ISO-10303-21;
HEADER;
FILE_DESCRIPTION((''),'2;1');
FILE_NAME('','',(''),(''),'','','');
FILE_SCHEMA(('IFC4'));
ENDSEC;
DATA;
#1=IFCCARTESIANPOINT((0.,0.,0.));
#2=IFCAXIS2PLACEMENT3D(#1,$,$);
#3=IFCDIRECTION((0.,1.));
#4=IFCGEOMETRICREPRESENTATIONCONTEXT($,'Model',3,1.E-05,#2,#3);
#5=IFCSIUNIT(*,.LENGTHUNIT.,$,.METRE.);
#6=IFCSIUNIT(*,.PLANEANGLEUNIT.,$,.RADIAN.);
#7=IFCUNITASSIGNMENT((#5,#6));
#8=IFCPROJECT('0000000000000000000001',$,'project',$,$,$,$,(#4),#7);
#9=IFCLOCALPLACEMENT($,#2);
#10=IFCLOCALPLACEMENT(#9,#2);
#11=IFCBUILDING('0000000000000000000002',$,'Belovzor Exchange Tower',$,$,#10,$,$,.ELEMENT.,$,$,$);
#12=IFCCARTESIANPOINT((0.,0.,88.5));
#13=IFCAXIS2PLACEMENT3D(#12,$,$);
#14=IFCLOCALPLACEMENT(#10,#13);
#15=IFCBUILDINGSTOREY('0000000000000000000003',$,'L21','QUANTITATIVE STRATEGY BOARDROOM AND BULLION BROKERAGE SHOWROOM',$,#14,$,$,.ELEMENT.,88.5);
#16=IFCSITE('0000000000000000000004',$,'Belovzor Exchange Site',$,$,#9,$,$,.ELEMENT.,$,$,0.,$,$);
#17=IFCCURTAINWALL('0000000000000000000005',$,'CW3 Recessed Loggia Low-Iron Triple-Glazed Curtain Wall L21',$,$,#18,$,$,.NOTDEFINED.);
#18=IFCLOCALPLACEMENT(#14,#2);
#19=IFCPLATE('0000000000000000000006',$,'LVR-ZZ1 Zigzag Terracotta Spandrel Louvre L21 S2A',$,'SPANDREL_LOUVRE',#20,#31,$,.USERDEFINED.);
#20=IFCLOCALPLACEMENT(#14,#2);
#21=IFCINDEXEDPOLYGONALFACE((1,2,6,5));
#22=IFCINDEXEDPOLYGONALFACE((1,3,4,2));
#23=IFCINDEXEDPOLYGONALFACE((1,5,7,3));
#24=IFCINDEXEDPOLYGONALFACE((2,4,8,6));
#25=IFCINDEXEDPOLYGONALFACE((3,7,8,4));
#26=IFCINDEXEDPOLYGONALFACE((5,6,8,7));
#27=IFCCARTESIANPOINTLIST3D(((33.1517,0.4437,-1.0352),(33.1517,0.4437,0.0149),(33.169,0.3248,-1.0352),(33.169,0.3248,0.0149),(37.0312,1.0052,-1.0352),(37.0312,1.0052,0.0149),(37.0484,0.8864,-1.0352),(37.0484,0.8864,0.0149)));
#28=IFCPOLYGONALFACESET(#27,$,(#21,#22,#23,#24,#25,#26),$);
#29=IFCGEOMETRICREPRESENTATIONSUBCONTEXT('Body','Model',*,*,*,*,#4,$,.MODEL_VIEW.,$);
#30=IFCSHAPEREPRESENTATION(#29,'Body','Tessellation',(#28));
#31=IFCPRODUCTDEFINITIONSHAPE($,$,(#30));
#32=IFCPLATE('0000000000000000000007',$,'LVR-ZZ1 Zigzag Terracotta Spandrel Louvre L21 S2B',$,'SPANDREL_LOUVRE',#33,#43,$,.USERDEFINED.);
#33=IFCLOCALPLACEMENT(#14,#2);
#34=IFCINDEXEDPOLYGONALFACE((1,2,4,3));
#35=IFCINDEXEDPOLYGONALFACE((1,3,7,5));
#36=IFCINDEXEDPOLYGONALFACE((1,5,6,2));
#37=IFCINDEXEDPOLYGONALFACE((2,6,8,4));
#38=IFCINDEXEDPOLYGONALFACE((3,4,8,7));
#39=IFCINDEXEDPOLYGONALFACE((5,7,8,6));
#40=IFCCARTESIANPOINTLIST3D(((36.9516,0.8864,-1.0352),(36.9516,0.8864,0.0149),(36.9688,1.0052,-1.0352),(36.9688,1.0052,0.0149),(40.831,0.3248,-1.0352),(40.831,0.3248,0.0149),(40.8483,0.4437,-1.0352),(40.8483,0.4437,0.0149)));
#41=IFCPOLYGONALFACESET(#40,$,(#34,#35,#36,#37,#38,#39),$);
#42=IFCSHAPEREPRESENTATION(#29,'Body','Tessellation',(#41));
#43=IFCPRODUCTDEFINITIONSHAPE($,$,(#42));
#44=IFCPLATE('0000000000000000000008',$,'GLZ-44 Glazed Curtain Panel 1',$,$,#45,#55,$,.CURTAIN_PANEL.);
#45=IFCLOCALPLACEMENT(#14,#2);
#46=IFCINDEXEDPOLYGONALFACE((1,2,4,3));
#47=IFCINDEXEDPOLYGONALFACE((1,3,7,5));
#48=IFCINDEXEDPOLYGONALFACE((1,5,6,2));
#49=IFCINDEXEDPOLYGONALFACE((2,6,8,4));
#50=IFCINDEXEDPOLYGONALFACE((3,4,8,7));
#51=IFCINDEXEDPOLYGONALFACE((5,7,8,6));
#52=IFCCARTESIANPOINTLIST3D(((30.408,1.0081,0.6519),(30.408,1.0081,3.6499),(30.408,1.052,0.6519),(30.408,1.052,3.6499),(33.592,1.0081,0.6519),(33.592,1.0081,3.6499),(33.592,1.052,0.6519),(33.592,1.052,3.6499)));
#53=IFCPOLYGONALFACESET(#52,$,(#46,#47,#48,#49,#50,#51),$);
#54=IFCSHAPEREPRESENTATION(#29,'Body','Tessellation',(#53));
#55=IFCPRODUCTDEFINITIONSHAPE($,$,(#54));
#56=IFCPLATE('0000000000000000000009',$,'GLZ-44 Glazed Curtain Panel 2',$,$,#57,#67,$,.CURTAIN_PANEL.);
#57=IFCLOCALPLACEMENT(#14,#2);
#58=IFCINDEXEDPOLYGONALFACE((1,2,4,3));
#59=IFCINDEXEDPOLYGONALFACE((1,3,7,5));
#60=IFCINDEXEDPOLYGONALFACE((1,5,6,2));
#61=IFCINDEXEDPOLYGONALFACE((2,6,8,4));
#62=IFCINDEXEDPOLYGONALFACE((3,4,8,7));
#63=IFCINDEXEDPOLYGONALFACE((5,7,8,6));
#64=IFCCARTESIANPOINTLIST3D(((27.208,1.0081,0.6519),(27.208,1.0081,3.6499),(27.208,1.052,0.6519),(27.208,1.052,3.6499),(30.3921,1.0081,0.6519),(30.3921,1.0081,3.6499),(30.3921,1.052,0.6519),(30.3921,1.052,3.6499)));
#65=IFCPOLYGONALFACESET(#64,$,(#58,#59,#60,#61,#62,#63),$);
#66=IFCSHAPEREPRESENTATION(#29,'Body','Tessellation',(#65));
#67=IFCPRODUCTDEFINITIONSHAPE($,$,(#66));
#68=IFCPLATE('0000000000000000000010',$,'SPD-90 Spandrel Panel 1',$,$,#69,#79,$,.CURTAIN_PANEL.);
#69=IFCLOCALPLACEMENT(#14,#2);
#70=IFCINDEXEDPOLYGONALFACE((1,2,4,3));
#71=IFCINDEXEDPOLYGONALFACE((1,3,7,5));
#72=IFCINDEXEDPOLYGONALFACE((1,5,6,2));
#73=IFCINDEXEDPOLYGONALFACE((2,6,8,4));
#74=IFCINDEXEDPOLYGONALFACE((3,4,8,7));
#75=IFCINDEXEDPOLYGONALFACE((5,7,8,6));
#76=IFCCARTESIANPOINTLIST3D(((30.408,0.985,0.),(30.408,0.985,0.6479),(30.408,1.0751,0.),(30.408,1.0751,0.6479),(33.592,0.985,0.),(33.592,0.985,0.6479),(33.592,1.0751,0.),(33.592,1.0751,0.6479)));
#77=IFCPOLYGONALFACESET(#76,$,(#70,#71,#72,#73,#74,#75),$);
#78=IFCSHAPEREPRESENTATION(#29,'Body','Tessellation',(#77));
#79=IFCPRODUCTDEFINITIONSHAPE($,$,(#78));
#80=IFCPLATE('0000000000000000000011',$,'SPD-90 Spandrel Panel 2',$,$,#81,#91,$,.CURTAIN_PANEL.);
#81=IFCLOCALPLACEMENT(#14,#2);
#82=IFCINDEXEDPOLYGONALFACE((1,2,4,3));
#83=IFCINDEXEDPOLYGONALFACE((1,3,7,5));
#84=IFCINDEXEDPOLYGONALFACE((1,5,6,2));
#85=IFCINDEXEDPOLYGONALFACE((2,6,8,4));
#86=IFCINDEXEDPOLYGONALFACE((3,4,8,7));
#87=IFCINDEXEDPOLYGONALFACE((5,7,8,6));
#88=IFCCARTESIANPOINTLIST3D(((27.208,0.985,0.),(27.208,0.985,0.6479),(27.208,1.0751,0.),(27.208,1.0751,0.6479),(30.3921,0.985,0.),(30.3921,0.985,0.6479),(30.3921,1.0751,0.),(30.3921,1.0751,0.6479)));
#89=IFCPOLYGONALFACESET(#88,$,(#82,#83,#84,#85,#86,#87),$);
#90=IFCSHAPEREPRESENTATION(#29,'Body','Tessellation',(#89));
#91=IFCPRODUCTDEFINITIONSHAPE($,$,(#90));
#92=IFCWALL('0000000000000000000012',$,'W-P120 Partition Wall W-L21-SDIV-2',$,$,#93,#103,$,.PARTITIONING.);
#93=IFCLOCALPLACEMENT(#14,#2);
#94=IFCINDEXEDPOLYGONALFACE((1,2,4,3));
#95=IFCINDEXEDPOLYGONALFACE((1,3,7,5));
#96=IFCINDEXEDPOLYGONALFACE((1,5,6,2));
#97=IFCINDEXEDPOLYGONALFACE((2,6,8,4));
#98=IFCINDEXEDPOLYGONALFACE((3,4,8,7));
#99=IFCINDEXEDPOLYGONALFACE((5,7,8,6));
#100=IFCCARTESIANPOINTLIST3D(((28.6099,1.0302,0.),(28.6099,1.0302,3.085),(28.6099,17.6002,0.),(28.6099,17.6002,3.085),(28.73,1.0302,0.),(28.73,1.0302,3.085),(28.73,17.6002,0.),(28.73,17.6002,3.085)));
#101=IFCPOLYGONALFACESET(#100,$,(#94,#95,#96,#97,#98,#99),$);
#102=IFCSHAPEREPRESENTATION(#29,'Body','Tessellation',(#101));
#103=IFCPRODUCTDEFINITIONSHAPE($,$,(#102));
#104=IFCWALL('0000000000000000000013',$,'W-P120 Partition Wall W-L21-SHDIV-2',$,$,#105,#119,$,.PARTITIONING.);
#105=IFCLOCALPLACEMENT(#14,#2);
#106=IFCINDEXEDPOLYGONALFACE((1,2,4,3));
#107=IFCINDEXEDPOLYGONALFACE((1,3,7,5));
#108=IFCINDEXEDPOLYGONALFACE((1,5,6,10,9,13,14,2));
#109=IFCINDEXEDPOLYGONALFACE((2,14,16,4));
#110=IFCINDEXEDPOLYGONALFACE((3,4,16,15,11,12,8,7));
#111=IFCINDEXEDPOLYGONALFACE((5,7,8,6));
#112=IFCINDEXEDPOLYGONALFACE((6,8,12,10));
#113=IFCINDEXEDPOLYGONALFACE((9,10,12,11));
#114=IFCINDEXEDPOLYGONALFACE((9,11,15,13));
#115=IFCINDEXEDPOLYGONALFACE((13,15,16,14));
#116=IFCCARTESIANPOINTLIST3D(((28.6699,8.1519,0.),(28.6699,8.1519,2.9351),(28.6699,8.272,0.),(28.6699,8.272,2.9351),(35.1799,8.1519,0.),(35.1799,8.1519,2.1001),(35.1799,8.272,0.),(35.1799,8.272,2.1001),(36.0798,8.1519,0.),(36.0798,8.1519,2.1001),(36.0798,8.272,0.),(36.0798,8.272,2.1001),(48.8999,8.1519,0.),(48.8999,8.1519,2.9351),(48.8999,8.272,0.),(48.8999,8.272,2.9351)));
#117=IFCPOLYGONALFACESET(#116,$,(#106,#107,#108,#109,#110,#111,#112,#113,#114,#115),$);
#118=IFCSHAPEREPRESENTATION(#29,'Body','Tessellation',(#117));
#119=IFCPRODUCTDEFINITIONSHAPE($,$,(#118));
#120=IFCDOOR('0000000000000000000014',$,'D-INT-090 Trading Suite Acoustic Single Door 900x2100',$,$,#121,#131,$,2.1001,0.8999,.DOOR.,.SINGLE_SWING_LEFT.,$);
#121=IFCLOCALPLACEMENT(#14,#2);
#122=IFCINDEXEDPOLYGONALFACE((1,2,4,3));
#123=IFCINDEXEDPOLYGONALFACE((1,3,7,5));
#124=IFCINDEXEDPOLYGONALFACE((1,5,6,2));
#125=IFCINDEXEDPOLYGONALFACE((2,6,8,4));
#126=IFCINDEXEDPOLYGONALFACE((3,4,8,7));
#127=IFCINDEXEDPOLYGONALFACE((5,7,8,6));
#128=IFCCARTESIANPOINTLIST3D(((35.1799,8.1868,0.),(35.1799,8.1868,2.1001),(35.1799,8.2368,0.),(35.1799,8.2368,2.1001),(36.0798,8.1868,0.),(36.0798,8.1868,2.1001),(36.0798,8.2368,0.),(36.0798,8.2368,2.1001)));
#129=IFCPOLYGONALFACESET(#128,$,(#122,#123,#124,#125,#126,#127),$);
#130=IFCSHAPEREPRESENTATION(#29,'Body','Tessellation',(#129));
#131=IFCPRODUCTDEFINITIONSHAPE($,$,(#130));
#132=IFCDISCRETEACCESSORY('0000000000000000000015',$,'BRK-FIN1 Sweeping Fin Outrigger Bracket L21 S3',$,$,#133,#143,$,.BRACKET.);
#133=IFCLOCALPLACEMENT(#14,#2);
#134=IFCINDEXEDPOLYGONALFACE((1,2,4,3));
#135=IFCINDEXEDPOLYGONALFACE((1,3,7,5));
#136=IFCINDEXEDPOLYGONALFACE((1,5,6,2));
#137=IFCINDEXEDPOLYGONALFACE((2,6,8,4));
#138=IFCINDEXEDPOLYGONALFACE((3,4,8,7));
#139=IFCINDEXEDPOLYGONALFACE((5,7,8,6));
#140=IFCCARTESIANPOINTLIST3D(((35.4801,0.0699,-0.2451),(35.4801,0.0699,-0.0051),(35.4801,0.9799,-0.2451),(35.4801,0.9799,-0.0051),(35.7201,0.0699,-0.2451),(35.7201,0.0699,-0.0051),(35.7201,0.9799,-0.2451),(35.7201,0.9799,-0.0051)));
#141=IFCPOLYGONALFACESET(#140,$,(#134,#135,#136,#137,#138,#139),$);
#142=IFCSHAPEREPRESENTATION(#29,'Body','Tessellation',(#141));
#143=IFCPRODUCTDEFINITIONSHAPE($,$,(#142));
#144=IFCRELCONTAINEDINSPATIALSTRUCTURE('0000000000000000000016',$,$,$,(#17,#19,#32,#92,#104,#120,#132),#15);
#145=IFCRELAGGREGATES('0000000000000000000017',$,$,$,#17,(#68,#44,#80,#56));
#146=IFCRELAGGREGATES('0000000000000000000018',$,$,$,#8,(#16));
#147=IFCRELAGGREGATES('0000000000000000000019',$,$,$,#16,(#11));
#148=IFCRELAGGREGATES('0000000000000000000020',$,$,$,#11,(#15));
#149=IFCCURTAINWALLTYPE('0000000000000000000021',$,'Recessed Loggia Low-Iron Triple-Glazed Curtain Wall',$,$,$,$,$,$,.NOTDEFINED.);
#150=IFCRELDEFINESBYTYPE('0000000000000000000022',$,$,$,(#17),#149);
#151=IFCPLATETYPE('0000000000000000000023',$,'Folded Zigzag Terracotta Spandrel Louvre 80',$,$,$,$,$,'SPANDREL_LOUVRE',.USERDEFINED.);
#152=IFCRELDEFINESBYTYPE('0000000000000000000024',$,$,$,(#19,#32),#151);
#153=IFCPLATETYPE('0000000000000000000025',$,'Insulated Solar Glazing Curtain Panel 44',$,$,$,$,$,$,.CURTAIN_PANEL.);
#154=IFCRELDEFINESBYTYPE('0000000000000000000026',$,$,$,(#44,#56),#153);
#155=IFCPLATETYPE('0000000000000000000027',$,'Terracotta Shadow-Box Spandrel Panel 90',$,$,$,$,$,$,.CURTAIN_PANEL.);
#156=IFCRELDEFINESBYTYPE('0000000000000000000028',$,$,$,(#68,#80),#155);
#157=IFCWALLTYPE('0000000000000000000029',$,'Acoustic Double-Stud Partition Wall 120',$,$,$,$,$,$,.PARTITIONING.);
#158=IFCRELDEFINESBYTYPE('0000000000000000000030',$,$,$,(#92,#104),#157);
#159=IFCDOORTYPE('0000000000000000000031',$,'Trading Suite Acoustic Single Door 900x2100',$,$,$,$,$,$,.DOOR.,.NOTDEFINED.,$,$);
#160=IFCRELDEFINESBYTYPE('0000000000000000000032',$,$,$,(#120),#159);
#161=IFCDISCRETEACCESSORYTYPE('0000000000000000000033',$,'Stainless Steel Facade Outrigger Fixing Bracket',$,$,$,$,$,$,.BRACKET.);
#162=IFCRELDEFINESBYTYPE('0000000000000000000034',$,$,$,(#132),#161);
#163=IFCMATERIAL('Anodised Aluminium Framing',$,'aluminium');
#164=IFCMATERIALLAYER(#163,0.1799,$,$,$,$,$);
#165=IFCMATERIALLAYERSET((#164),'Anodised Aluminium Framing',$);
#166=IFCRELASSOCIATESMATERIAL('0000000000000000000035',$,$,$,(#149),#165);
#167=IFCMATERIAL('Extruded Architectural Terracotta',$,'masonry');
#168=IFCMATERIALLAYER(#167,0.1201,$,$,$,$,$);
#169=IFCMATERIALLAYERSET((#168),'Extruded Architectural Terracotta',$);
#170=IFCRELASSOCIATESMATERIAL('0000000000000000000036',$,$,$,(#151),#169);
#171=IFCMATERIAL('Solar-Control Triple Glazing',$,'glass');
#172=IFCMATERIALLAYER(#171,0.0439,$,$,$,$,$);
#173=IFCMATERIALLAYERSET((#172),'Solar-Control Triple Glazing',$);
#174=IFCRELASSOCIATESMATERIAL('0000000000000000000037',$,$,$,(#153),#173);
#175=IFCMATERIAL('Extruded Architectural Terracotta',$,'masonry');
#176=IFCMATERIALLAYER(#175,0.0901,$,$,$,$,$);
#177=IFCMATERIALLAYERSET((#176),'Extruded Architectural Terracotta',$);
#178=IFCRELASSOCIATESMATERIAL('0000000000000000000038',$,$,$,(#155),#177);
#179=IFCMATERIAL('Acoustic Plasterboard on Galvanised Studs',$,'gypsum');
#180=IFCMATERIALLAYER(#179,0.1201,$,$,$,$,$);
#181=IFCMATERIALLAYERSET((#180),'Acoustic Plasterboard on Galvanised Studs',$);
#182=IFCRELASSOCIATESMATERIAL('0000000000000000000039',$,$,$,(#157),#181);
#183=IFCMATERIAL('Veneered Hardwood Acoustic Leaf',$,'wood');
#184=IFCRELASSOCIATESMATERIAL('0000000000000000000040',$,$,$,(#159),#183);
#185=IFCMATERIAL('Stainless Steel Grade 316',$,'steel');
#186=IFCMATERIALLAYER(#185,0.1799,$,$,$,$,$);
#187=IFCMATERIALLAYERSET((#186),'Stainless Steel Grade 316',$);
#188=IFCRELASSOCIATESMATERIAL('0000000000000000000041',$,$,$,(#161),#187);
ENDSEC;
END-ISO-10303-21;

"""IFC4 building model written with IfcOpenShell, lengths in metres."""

from ifc_helpers import new_model, si_unit, direction, frame, frame_2d, origin, origin_2d, place, context, subcontext, project, spatial, rectangle, extrude, material, layer, layer_set, type_object, element, fill, aggregate, save


model = new_model("IFC4")

# Units and contexts
model_context = context("Model", 3, precision=1e-05, world=origin(), true_north=direction((0.0, 1.0)))
body_context = subcontext(model_context, "Body", "Model", "MODEL_VIEW")
ifc_project = project(units=[si_unit("LENGTHUNIT", "METRE"), si_unit("PLANEANGLEUNIT", "RADIAN")], contexts=[model_context])

# Site, building, storey
site_placement = place(None, origin())
site = spatial("IfcSite", under=ifc_project, at=site_placement, Name="Belovzor Exchange Site", CompositionType="ELEMENT", RefElevation=0.0)
building_placement = place(site_placement, origin())
building = spatial("IfcBuilding", under=site, at=building_placement, Name="Belovzor Exchange Tower", CompositionType="ELEMENT")
storey_placement = place(building_placement, frame((0.0, 0.0, 88.5)))
storey = spatial("IfcBuildingStorey", under=building, at=storey_placement, Name="L21", Description="QUANTITATIVE STRATEGY BOARDROOM AND BULLION BROKERAGE SHOWROOM", CompositionType="ELEMENT", Elevation=88.5)

# Curtain wall
ifc_material_1 = material(Name="Anodised Aluminium Framing", Category="aluminium")
ifc_layer_1 = layer(ifc_material_1, 0.1799)
ifc_layer_set_1 = layer_set([ifc_layer_1], Name="Anodised Aluminium Framing")
curtain_wall_type = type_object("IfcCurtainWallType", Name="Recessed Loggia Low-Iron Triple-Glazed Curtain Wall", PredefinedType="NOTDEFINED", material=ifc_layer_set_1)
curtain_wall_placement = place(storey_placement, origin())
curtain_wall = element("IfcCurtainWall", 1, at=curtain_wall_placement, inside=storey, type_object=curtain_wall_type, Name="CW3 Recessed Loggia Low-Iron Triple-Glazed Curtain Wall L21", PredefinedType="NOTDEFINED")

# Plates
ifc_material_2 = material(Name="Extruded Architectural Terracotta", Category="masonry")
ifc_layer_2 = layer(ifc_material_2, 0.1201)
ifc_layer_set_2 = layer_set([ifc_layer_2], Name="Extruded Architectural Terracotta")
plate_type_1 = type_object("IfcPlateType", Name="Folded Zigzag Terracotta Spandrel Louvre 80", ElementType="SPANDREL_LOUVRE", PredefinedType="USERDEFINED", material=ifc_layer_set_2)
for number, where, z_axis, x_axis, name in (
    (2, (35.1001, 0.665, -1.0352), (0.0, 0.0, 1.0), (0.989686, 0.143251, 0.0), "LVR-ZZ1 Zigzag Terracotta Spandrel Louvre L21 S2A"),
    (3, (38.8999, 0.665, -1.0352), (0.0, 0.0, 1.0), (0.989686, -0.143251, 0.0), "LVR-ZZ1 Zigzag Terracotta Spandrel Louvre L21 S2B"),
):
    element("IfcPlate", number, at=place(storey_placement, frame(where, z_axis=z_axis, x_axis=x_axis)), inside=storey, type_object=plate_type_1, Name=name, ObjectType="SPANDREL_LOUVRE", PredefinedType="USERDEFINED", context=body_context, shape_type="SweptSolid", body=[
        extrude(rectangle(XDim=3.9199, YDim=0.1201, at=origin_2d()), origin(), (0.0, 0.0, 1.0), 1.05),
    ])

# Plates
ifc_material_3 = material(Name="Solar-Control Triple Glazing", Category="glass")
ifc_layer_3 = layer(ifc_material_3, 0.0439)
ifc_layer_set_3 = layer_set([ifc_layer_3], Name="Solar-Control Triple Glazing")
plate_type_2 = type_object("IfcPlateType", Name="Insulated Solar Glazing Curtain Panel 44", PredefinedType="CURTAIN_PANEL", material=ifc_layer_set_3)
plate_1_placement = place(storey_placement, frame((32.0, 1.03, 0.6519), z_axis=(0.0, 0.0, 1.0), x_axis=(-1.0, 0.0, 0.0)))
plate_1 = element("IfcPlate", 4, at=plate_1_placement, type_object=plate_type_2, Name="GLZ-44 Glazed Curtain Panel 1", PredefinedType="CURTAIN_PANEL", context=body_context, shape_type="SweptSolid", body=[
    extrude(rectangle(XDim=3.1841, YDim=0.0439, at=origin_2d()), origin(), (0.0, 0.0, 1.0), 2.998),
])
plate_2_placement = place(storey_placement, frame((28.8, 1.03, 0.6519), z_axis=(0.0, 0.0, 1.0), x_axis=(-1.0, 0.0, 0.0)))
plate_2 = element("IfcPlate", 5, at=plate_2_placement, type_object=plate_type_2, Name="GLZ-44 Glazed Curtain Panel 2", PredefinedType="CURTAIN_PANEL", context=body_context, shape_type="SweptSolid", body=[
    extrude(rectangle(XDim=3.1841, YDim=0.0439, at=origin_2d()), origin(), (0.0, 0.0, 1.0), 2.998),
])
ifc_material_4 = material(Name="Extruded Architectural Terracotta", Category="masonry")
ifc_layer_4 = layer(ifc_material_4, 0.0901)
ifc_layer_set_4 = layer_set([ifc_layer_4], Name="Extruded Architectural Terracotta")
plate_type_3 = type_object("IfcPlateType", Name="Terracotta Shadow-Box Spandrel Panel 90", PredefinedType="CURTAIN_PANEL", material=ifc_layer_set_4)
plate_3_placement = place(storey_placement, frame((32.0, 1.03, 0.0), z_axis=(0.0, 0.0, 1.0), x_axis=(-1.0, 0.0, 0.0)))
plate_3 = element("IfcPlate", 6, at=plate_3_placement, type_object=plate_type_3, Name="SPD-90 Spandrel Panel 1", PredefinedType="CURTAIN_PANEL", context=body_context, shape_type="SweptSolid", body=[
    extrude(rectangle(XDim=3.1841, YDim=0.0901, at=origin_2d()), origin(), (0.0, 0.0, 1.0), 0.6479),
])
plate_4_placement = place(storey_placement, frame((28.8, 1.03, 0.0), z_axis=(0.0, 0.0, 1.0), x_axis=(-1.0, 0.0, 0.0)))
plate_4 = element("IfcPlate", 7, at=plate_4_placement, type_object=plate_type_3, Name="SPD-90 Spandrel Panel 2", PredefinedType="CURTAIN_PANEL", context=body_context, shape_type="SweptSolid", body=[
    extrude(rectangle(XDim=3.1841, YDim=0.0901, at=origin_2d()), origin(), (0.0, 0.0, 1.0), 0.6479),
])
aggregate(curtain_wall, [plate_3, plate_1, plate_4, plate_2])

# Wall
ifc_material_5 = material(Name="Acoustic Plasterboard on Galvanised Studs", Category="gypsum")
ifc_layer_5 = layer(ifc_material_5, 0.1201)
ifc_layer_set_5 = layer_set([ifc_layer_5], Name="Acoustic Plasterboard on Galvanised Studs")
wall_type = type_object("IfcWallType", Name="Acoustic Double-Stud Partition Wall 120", PredefinedType="PARTITIONING", material=ifc_layer_set_5)
wall_1_placement = place(storey_placement, frame((28.6699, 1.03, 0.0), z_axis=(0.0, 0.0, 1.0), x_axis=(0.0, 1.0, 0.0)))
element("IfcWall", 8, at=wall_1_placement, inside=storey, type_object=wall_type, Name="W-P120 Partition Wall W-L21-SDIV-2", PredefinedType="PARTITIONING", context=body_context, shape_type="SweptSolid", body=[
    extrude(rectangle(XDim=16.5701, YDim=0.1201, at=frame_2d((8.2852, 0.0))), origin(), (0.0, 0.0, 1.0), 3.085),
])

# Wall, opening, door
wall_2_placement = place(storey_placement, frame((28.6699, 8.2119, 0.0), z_axis=(0.0, 0.0, 1.0), x_axis=(1.0, 0.0, 0.0)))
wall_2 = element("IfcWall", 9, at=wall_2_placement, inside=storey, type_object=wall_type, Name="W-P120 Partition Wall W-L21-SHDIV-2", PredefinedType="PARTITIONING", context=body_context, shape_type="SweptSolid", body=[
    extrude(rectangle(XDim=20.23, YDim=0.1201, at=frame_2d((10.115, 0.0))), origin(), (0.0, 0.0, 1.0), 2.9351),
])
opening_placement = place(wall_2_placement, frame((6.51, 0.0, 0.0)))
opening = element("IfcOpeningElement", 10, at=opening_placement, cuts=wall_2, PredefinedType="OPENING", context=body_context, shape_type="SweptSolid", body=[
    extrude(rectangle(XDim=0.8999, YDim=2.1001, at=frame_2d((0.45, 1.05))), frame((0.0, 0.0701, 0.0), z_axis=(0.0, -1.0, 0.0), x_axis=(1.0, 0.0, 0.0)), (0.0, 0.0, 1.0), 0.1401),
])
ifc_material_6 = material(Name="Veneered Hardwood Acoustic Leaf", Category="wood")
door_type = type_object("IfcDoorType", Name="Trading Suite Acoustic Single Door 900x2100", OperationType="NOTDEFINED", PredefinedType="DOOR", material=ifc_material_6)
door_placement = place(opening_placement, origin())
door = element("IfcDoor", 11, at=door_placement, inside=storey, type_object=door_type, Name="D-INT-090 Trading Suite Acoustic Single Door 900x2100", OperationType="SINGLE_SWING_LEFT", OverallHeight=2.1001, OverallWidth=0.8999, PredefinedType="DOOR", context=body_context, shape_type="SweptSolid", body=[
    extrude(rectangle(XDim=0.8999, YDim=2.1001, at=frame_2d((0.45, 1.05))), frame((0.0, 0.0249, 0.0), z_axis=(0.0, -1.0, 0.0), x_axis=(1.0, 0.0, 0.0)), (0.0, 0.0, 1.0), 0.05),
])
fill(opening, door)

# Discrete accessory
ifc_material_7 = material(Name="Stainless Steel Grade 316", Category="steel")
ifc_layer_6 = layer(ifc_material_7, 0.1799)
ifc_layer_set_6 = layer_set([ifc_layer_6], Name="Stainless Steel Grade 316")
discrete_accessory_type = type_object("IfcDiscreteAccessoryType", Name="Stainless Steel Facade Outrigger Fixing Bracket", PredefinedType="BRACKET", material=ifc_layer_set_6)
discrete_accessory_placement = place(storey_placement, frame((35.6001, 0.5249, -0.2451), z_axis=(0.0, 0.0, 1.0), x_axis=(0.0, 1.0, 0.0)))
element("IfcDiscreteAccessory", 12, at=discrete_accessory_placement, inside=storey, type_object=discrete_accessory_type, Name="BRK-FIN1 Sweeping Fin Outrigger Bracket L21 S3", PredefinedType="BRACKET", context=body_context, shape_type="SweptSolid", body=[
    extrude(rectangle(XDim=0.9099, YDim=0.24, at=origin_2d()), origin(), (0.0, 0.0, 1.0), 0.24),
])

save(model, "model.ifc")
